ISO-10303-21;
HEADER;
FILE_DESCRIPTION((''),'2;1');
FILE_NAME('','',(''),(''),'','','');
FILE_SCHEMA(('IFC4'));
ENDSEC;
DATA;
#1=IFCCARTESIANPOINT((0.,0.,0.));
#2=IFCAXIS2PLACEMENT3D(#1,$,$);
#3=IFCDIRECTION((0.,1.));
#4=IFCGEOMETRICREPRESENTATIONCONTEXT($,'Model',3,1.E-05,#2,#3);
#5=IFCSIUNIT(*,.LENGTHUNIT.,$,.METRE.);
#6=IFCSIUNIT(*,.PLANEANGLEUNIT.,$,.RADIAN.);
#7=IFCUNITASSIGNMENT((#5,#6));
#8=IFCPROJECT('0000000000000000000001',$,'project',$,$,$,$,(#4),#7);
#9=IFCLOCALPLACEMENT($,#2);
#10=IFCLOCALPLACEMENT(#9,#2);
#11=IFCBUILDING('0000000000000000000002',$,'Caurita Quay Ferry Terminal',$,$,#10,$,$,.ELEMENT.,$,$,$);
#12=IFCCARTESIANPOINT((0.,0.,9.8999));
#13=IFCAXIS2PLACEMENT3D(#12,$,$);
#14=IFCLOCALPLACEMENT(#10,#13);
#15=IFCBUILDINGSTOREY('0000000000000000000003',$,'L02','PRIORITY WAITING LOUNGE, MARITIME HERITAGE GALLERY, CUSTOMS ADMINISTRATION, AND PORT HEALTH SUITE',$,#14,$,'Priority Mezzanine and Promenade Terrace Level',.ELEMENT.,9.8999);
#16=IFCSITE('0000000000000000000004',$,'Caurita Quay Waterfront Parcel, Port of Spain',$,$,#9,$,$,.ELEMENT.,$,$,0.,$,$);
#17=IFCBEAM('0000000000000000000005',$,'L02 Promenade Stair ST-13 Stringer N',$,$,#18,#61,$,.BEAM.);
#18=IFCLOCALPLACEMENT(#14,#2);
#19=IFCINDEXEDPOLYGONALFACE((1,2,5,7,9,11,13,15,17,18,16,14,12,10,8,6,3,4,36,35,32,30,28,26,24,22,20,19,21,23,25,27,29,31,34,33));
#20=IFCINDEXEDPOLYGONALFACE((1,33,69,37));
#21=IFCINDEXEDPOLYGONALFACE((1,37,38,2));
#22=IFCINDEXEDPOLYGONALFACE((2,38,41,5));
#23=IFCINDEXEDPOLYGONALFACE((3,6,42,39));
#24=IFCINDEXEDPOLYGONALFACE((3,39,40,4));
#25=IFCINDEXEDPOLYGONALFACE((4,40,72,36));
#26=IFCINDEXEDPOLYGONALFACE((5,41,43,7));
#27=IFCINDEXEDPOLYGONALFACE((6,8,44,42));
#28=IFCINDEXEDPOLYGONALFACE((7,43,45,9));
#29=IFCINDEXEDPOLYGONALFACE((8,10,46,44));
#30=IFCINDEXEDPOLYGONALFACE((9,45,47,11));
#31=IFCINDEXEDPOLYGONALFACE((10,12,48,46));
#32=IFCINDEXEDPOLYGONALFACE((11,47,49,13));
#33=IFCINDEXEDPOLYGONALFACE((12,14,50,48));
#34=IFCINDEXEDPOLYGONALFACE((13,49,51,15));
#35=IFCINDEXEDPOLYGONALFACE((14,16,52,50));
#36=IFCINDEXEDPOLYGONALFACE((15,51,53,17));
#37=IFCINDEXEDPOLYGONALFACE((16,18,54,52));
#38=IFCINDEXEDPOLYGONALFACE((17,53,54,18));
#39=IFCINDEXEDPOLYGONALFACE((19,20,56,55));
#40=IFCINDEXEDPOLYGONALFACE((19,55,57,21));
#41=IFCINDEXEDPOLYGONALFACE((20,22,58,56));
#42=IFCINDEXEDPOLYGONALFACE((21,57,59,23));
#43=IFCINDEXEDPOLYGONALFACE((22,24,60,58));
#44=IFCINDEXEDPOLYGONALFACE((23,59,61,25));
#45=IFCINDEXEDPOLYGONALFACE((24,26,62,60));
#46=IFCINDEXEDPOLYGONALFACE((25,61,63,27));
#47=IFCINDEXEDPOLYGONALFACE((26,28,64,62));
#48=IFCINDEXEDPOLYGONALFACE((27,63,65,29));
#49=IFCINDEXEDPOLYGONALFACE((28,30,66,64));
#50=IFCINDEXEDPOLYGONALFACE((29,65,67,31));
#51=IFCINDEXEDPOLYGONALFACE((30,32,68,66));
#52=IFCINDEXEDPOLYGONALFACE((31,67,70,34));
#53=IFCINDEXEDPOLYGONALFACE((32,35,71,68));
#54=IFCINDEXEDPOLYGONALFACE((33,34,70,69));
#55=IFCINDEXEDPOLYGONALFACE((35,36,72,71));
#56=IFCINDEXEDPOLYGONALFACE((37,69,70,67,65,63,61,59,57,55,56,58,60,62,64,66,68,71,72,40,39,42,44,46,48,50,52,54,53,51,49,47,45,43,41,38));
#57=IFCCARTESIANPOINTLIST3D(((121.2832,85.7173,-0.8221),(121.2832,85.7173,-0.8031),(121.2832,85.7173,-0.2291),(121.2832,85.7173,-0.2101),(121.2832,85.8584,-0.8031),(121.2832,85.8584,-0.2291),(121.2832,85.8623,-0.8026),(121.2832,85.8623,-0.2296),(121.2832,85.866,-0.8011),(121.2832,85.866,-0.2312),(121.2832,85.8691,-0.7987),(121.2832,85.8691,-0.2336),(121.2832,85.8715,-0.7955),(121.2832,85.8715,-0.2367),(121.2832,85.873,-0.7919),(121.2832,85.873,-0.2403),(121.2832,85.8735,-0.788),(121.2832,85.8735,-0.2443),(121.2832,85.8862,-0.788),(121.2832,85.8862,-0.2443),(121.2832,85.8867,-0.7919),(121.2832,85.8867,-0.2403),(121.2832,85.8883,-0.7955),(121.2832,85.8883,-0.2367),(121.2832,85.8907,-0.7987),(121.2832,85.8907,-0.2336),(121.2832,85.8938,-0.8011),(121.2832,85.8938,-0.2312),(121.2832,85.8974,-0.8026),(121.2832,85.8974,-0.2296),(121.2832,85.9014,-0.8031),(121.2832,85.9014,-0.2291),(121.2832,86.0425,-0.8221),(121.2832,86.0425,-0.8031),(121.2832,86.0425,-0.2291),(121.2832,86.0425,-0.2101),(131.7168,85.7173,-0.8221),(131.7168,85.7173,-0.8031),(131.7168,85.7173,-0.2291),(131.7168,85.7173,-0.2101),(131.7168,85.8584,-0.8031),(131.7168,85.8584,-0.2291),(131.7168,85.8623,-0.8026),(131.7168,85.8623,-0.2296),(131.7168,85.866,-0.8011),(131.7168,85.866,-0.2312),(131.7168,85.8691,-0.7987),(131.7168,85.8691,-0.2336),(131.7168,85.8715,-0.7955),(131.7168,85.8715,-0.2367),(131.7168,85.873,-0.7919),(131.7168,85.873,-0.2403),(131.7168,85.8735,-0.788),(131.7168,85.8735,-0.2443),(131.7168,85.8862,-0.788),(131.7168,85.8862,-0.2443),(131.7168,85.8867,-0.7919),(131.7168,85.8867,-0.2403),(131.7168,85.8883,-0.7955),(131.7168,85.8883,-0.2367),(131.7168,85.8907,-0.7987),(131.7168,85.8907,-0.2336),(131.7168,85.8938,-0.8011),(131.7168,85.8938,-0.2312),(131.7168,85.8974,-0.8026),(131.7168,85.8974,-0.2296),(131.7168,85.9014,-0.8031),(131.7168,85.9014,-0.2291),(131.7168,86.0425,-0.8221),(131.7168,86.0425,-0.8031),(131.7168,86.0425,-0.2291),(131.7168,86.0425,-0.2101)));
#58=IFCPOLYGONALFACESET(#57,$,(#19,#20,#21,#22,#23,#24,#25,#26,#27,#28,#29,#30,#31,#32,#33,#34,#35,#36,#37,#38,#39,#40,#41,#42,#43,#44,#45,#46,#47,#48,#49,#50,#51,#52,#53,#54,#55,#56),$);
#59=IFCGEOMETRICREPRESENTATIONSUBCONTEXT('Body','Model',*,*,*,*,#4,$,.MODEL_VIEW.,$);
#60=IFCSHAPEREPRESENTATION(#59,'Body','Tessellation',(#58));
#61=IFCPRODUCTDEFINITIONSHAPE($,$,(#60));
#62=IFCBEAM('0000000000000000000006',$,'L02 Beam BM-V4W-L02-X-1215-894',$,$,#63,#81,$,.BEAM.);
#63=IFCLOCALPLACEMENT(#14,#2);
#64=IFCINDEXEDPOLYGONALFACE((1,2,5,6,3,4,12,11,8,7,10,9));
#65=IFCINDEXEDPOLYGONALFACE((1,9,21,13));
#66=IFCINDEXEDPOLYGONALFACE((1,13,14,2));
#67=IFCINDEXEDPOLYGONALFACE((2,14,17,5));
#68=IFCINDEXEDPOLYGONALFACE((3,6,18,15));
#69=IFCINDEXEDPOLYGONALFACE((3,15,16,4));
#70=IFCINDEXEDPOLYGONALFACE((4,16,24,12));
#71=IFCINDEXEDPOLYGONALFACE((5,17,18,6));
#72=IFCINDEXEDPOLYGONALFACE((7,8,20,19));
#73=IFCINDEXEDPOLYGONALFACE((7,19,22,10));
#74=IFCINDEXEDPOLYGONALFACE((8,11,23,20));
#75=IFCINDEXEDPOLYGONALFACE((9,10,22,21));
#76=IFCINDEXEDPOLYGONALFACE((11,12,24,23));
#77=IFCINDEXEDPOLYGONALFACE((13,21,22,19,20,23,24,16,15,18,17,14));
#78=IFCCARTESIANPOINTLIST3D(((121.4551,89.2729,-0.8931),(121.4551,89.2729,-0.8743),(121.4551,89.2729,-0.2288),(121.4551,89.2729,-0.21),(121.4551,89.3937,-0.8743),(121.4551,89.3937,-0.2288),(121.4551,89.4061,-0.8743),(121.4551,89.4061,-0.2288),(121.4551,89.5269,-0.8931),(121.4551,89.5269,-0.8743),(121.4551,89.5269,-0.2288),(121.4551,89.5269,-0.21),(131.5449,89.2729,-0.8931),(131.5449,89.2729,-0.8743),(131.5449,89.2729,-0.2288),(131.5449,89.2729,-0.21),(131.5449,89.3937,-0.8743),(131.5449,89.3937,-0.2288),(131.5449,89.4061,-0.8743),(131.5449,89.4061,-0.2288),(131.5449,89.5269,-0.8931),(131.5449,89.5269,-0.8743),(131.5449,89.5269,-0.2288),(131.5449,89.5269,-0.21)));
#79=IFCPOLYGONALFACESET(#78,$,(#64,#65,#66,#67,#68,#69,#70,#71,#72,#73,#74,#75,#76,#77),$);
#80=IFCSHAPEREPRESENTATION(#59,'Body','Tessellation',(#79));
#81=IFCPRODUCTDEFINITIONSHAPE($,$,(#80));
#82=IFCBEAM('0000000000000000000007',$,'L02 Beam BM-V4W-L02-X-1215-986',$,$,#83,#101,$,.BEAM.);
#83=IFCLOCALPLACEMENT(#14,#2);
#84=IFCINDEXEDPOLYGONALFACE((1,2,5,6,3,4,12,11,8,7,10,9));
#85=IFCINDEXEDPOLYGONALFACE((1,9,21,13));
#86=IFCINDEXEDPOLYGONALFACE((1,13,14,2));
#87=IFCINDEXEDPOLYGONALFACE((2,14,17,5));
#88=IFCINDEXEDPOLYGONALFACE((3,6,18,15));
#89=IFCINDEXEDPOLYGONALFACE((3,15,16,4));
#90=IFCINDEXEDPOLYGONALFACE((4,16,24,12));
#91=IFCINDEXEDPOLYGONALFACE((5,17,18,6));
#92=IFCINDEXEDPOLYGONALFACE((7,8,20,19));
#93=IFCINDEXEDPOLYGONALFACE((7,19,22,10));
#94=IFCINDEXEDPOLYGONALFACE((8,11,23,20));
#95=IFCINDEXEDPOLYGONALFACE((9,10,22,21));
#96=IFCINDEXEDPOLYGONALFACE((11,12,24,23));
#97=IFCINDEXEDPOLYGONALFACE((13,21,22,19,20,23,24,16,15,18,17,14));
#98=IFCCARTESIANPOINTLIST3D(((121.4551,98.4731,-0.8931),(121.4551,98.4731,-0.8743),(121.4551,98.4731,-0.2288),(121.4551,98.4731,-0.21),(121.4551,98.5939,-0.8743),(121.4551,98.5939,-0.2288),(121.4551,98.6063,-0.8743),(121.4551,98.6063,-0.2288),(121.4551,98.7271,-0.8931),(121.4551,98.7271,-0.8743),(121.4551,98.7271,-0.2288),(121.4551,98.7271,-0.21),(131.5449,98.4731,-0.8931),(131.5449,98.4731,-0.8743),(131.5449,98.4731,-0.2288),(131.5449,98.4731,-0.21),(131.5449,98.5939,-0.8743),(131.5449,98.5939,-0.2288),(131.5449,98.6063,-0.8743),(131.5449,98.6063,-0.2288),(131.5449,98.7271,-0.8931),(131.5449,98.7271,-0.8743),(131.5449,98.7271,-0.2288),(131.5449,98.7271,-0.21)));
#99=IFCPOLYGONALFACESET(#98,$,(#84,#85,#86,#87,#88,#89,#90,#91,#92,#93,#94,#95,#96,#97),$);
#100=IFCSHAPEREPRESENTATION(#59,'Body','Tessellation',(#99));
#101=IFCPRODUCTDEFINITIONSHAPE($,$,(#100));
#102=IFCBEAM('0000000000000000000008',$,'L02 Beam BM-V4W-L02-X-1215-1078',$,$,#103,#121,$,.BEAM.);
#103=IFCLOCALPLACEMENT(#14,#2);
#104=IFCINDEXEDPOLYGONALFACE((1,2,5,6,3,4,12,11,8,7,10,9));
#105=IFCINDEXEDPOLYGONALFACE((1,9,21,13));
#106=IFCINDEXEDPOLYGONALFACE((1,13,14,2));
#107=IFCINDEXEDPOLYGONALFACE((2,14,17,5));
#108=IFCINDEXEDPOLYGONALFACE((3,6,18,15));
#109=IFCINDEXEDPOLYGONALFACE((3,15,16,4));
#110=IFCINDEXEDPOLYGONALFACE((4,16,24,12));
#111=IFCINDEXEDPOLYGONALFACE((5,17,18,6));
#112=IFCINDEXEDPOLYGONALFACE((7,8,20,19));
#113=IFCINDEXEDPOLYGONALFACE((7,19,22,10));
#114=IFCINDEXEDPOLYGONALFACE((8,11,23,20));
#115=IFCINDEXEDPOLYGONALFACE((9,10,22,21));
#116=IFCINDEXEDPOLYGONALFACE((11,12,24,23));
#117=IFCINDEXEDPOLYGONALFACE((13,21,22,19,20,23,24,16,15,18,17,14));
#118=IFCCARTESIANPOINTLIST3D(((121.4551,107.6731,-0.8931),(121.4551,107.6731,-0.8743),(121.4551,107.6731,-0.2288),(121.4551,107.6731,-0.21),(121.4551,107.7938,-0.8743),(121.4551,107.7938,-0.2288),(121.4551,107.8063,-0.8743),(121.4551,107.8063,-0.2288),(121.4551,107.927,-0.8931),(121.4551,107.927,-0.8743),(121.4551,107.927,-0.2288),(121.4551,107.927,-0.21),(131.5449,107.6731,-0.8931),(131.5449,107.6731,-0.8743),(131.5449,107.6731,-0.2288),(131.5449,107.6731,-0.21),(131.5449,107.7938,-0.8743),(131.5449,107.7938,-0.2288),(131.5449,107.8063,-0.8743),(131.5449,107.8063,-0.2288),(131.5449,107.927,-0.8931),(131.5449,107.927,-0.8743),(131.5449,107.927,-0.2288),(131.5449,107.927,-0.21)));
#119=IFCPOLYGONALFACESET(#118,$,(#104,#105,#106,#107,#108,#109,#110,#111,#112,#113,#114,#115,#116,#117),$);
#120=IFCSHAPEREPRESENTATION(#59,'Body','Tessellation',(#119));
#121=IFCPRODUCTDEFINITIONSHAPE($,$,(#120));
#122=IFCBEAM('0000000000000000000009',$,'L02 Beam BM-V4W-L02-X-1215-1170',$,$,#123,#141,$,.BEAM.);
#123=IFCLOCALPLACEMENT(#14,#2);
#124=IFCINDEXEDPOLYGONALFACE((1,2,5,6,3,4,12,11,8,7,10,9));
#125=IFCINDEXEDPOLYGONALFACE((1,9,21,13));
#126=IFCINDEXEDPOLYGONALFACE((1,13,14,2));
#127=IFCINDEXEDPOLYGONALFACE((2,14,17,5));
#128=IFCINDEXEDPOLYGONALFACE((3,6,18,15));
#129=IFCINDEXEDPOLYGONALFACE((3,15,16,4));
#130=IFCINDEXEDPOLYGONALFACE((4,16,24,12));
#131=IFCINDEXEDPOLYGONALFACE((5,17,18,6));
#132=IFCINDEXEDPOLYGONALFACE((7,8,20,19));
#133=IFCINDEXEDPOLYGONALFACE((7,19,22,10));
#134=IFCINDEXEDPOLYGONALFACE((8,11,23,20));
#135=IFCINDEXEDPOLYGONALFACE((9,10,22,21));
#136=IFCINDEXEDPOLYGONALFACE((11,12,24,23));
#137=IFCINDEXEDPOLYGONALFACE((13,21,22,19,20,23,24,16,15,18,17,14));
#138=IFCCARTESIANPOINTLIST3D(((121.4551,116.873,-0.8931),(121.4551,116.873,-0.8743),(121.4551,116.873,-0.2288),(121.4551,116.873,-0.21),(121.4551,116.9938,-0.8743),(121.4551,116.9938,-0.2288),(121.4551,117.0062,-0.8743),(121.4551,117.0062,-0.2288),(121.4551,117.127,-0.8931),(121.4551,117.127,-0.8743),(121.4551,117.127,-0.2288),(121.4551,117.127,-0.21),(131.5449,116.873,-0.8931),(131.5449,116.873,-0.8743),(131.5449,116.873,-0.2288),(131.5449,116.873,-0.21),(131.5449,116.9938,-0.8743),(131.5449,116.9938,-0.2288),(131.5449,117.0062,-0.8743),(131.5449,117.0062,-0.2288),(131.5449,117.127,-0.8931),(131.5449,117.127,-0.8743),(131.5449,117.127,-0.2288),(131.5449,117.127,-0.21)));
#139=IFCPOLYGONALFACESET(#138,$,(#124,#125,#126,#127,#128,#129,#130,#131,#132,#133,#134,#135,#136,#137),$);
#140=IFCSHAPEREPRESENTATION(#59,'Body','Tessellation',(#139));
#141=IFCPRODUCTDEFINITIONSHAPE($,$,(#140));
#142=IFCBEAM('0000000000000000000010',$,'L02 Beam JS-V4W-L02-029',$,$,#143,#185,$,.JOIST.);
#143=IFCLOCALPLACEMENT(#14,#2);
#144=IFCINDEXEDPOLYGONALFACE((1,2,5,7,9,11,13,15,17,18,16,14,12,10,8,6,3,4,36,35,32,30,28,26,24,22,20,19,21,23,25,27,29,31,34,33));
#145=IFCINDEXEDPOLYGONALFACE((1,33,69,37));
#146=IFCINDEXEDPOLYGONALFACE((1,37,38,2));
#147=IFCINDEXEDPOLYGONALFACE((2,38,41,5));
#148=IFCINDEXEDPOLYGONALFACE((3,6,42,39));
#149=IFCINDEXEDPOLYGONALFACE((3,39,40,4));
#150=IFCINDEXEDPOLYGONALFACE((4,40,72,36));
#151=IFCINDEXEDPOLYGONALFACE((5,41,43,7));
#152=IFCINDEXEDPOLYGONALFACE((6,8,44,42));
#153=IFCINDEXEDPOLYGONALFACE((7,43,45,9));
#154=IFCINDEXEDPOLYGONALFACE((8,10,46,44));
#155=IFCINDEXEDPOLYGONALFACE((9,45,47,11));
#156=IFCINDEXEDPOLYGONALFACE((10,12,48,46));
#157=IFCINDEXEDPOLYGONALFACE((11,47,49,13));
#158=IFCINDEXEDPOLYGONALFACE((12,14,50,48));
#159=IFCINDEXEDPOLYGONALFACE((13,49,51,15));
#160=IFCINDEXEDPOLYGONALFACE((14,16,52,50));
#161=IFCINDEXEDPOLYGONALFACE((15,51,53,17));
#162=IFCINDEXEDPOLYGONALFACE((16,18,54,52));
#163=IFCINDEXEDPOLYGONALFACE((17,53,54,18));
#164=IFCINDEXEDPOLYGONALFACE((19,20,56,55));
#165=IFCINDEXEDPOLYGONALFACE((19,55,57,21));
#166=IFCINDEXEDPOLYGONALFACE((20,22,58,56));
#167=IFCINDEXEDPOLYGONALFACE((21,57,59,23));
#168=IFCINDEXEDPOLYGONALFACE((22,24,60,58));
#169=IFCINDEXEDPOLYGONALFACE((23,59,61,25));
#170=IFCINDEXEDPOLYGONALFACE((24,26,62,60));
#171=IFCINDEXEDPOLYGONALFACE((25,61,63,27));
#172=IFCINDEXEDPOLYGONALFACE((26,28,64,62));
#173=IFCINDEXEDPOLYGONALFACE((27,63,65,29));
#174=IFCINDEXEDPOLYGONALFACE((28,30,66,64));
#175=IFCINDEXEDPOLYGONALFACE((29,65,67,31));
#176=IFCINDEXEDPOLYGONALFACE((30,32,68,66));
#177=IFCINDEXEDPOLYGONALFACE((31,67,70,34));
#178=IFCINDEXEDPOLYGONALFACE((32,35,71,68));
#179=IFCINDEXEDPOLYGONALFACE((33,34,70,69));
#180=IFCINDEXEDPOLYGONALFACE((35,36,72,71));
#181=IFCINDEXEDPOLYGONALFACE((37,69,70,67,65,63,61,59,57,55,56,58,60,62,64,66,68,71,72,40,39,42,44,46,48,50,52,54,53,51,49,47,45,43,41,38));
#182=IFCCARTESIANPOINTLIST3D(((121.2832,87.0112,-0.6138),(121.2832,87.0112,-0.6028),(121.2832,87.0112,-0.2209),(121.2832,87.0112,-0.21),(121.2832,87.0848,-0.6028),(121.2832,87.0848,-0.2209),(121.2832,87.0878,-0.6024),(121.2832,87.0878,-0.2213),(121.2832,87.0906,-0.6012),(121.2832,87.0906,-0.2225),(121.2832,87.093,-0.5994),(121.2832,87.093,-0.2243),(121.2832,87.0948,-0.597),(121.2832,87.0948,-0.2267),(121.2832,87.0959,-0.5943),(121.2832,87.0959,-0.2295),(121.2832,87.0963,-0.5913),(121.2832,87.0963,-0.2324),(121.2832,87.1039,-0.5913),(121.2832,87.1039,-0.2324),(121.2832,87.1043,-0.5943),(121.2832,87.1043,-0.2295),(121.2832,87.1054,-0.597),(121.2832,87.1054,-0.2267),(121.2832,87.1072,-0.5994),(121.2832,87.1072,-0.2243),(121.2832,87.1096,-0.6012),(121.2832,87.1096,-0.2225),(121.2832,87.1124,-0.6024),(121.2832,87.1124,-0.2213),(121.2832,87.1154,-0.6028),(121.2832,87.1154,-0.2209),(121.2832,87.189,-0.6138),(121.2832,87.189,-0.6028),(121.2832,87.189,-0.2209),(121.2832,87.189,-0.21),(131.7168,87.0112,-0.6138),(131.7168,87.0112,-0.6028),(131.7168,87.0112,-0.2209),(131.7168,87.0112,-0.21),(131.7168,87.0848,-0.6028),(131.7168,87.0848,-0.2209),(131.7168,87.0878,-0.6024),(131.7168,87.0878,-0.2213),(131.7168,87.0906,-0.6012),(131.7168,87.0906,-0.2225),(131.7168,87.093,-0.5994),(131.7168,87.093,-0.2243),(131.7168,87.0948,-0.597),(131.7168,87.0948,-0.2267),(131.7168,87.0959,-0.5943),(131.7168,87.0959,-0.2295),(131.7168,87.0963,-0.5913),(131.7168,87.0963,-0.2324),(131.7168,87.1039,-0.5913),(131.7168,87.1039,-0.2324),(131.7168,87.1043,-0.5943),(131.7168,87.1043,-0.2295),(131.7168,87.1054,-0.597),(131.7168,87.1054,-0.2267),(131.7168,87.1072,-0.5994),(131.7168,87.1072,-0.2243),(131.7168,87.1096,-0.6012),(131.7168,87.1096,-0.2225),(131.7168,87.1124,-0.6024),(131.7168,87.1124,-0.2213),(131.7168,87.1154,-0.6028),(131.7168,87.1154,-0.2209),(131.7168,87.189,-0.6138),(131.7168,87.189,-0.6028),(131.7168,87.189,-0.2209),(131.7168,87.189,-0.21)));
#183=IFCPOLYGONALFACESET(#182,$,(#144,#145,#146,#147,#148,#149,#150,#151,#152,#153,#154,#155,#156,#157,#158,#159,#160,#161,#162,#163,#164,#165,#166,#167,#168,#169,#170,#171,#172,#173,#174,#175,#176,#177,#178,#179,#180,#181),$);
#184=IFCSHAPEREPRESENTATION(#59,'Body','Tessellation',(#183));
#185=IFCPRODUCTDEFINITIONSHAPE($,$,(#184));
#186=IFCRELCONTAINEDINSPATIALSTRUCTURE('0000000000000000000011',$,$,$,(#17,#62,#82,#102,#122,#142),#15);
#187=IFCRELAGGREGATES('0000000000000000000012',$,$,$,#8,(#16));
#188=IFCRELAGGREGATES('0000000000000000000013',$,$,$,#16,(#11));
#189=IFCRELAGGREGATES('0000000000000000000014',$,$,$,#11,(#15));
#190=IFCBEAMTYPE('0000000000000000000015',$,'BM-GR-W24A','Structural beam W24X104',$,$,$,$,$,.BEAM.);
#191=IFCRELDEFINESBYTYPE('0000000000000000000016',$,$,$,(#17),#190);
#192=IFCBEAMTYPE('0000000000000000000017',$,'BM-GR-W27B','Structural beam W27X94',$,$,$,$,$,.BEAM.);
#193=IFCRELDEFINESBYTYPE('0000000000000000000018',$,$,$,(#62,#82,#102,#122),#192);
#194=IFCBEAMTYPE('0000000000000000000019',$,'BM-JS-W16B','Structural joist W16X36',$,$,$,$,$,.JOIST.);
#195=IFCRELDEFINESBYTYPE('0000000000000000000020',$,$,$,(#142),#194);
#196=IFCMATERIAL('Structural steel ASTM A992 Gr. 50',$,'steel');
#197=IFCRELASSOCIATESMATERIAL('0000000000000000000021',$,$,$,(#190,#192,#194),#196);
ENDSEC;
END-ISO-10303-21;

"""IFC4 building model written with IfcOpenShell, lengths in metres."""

from ifc_helpers import new_model, si_unit, direction, frame, origin, origin_2d, place, context, subcontext, project, spatial, i_section, extrude, material, material_profile, profile_set, type_object, element, save


model = new_model("IFC4")

# Units and contexts
model_context = context("Model", 3, precision=1e-05, world=origin(), true_north=direction((0.0, 1.0)))
body_context = subcontext(model_context, "Body", "Model", "MODEL_VIEW")
ifc_project = project(units=[si_unit("LENGTHUNIT", "METRE"), si_unit("PLANEANGLEUNIT", "RADIAN")], contexts=[model_context])

# Site, building, storey
site_placement = place(None, origin())
site = spatial("IfcSite", under=ifc_project, at=site_placement, Name="Caurita Quay Waterfront Parcel, Port of Spain", CompositionType="ELEMENT", RefElevation=0.0)
building_placement = place(site_placement, origin())
building = spatial("IfcBuilding", under=site, at=building_placement, Name="Caurita Quay Ferry Terminal", CompositionType="ELEMENT")
storey_placement = place(building_placement, frame((0.0, 0.0, 9.8999)))
storey = spatial("IfcBuildingStorey", under=building, at=storey_placement, Name="L02", Description="PRIORITY WAITING LOUNGE, MARITIME HERITAGE GALLERY, CUSTOMS ADMINISTRATION, AND PORT HEALTH SUITE", LongName="Priority Mezzanine and Promenade Terrace Level", CompositionType="ELEMENT", Elevation=9.8999)

# Beams
ifc_material_1 = material(Name="Structural steel ASTM A992 Gr. 50", Category="steel")
ifc_material_profile_1 = material_profile(ifc_material_1, i_section(OverallWidth=0.3252, OverallDepth=0.6121, WebThickness=0.0127, FlangeThickness=0.019, FilletRadius=0.0151, at=origin_2d()), Name="W24X104")
ifc_profile_set_1 = profile_set([ifc_material_profile_1], Name="Structural steel ASTM A992 Gr. 50")
beam_type_1 = type_object("IfcBeamType", Name="BM-GR-W24A", Description="Structural beam W24X104", PredefinedType="BEAM", material=ifc_profile_set_1)
beam_1_placement = place(storey_placement, frame((121.2832, 85.8799, -0.5161), z_axis=(1.0, 0.0, 0.0), x_axis=(0.0, 1.0, 0.0)))
element("IfcBeam", 1, at=beam_1_placement, inside=storey, type_object=beam_type_1, Name="L02 Promenade Stair ST-13 Stringer N", PredefinedType="BEAM", context=body_context, shape_type="SweptSolid", body=[
    extrude(i_section(OverallWidth=0.3252, OverallDepth=0.6121, WebThickness=0.0127, FlangeThickness=0.019, FilletRadius=0.0151, at=origin_2d()), origin(), (0.0, 0.0, 1.0), 10.4336),
])
ifc_material_profile_2 = material_profile(ifc_material_1, i_section(OverallWidth=0.2539, OverallDepth=0.6831, WebThickness=0.0125, FlangeThickness=0.0188, at=origin_2d()), Name="W27X94")
ifc_profile_set_2 = profile_set([ifc_material_profile_2], Name="Structural steel ASTM A992 Gr. 50")
beam_type_2 = type_object("IfcBeamType", Name="BM-GR-W27B", Description="Structural beam W27X94", PredefinedType="BEAM", material=ifc_profile_set_2)
for number, where, z_axis, x_axis, name in (
    (2, (121.4551, 89.3999, -0.5515), (1.0, 0.0, 0.0), (0.0, 1.0, 0.0), "L02 Beam BM-V4W-L02-X-1215-894"),
    (3, (121.4551, 98.6001, -0.5515), (1.0, 0.0, 0.0), (0.0, 1.0, 0.0), "L02 Beam BM-V4W-L02-X-1215-986"),
    (4, (121.4551, 107.8, -0.5515), (1.0, 0.0, 0.0), (0.0, 1.0, 0.0), "L02 Beam BM-V4W-L02-X-1215-1078"),
    (5, (121.4551, 117.0, -0.5515), (1.0, 0.0, 0.0), (0.0, 1.0, 0.0), "L02 Beam BM-V4W-L02-X-1215-1170"),
):
    element("IfcBeam", number, at=place(storey_placement, frame(where, z_axis=z_axis, x_axis=x_axis)), inside=storey, type_object=beam_type_2, Name=name, PredefinedType="BEAM", context=body_context, shape_type="SweptSolid", body=[
        extrude(i_section(OverallWidth=0.2539, OverallDepth=0.6831, WebThickness=0.0125, FlangeThickness=0.0188, at=origin_2d()), origin(), (0.0, 0.0, 1.0), 10.0898),
    ])
ifc_material_profile_3 = material_profile(ifc_material_1, i_section(OverallWidth=0.1777, OverallDepth=0.4038, WebThickness=0.0076, FlangeThickness=0.011, FilletRadius=0.0115, at=origin_2d()), Name="W16X36")
ifc_profile_set_3 = profile_set([ifc_material_profile_3], Name="Structural steel ASTM A992 Gr. 50")
beam_type_3 = type_object("IfcBeamType", Name="BM-JS-W16B", Description="Structural joist W16X36", PredefinedType="JOIST", material=ifc_profile_set_3)
for number, where, z_axis, x_axis, name in (
    (6, (121.2832, 87.1001, -0.4119), (1.0, 0.0, 0.0), (0.0, 1.0, 0.0), "L02 Beam JS-V4W-L02-029"),
):
    element("IfcBeam", number, at=place(storey_placement, frame(where, z_axis=z_axis, x_axis=x_axis)), inside=storey, type_object=beam_type_3, Name=name, PredefinedType="JOIST", context=body_context, shape_type="SweptSolid", body=[
        extrude(i_section(OverallWidth=0.1777, OverallDepth=0.4038, WebThickness=0.0076, FlangeThickness=0.011, FilletRadius=0.0115, at=origin_2d()), origin(), (0.0, 0.0, 1.0), 10.4336),
    ])

save(model, "model.ifc")
